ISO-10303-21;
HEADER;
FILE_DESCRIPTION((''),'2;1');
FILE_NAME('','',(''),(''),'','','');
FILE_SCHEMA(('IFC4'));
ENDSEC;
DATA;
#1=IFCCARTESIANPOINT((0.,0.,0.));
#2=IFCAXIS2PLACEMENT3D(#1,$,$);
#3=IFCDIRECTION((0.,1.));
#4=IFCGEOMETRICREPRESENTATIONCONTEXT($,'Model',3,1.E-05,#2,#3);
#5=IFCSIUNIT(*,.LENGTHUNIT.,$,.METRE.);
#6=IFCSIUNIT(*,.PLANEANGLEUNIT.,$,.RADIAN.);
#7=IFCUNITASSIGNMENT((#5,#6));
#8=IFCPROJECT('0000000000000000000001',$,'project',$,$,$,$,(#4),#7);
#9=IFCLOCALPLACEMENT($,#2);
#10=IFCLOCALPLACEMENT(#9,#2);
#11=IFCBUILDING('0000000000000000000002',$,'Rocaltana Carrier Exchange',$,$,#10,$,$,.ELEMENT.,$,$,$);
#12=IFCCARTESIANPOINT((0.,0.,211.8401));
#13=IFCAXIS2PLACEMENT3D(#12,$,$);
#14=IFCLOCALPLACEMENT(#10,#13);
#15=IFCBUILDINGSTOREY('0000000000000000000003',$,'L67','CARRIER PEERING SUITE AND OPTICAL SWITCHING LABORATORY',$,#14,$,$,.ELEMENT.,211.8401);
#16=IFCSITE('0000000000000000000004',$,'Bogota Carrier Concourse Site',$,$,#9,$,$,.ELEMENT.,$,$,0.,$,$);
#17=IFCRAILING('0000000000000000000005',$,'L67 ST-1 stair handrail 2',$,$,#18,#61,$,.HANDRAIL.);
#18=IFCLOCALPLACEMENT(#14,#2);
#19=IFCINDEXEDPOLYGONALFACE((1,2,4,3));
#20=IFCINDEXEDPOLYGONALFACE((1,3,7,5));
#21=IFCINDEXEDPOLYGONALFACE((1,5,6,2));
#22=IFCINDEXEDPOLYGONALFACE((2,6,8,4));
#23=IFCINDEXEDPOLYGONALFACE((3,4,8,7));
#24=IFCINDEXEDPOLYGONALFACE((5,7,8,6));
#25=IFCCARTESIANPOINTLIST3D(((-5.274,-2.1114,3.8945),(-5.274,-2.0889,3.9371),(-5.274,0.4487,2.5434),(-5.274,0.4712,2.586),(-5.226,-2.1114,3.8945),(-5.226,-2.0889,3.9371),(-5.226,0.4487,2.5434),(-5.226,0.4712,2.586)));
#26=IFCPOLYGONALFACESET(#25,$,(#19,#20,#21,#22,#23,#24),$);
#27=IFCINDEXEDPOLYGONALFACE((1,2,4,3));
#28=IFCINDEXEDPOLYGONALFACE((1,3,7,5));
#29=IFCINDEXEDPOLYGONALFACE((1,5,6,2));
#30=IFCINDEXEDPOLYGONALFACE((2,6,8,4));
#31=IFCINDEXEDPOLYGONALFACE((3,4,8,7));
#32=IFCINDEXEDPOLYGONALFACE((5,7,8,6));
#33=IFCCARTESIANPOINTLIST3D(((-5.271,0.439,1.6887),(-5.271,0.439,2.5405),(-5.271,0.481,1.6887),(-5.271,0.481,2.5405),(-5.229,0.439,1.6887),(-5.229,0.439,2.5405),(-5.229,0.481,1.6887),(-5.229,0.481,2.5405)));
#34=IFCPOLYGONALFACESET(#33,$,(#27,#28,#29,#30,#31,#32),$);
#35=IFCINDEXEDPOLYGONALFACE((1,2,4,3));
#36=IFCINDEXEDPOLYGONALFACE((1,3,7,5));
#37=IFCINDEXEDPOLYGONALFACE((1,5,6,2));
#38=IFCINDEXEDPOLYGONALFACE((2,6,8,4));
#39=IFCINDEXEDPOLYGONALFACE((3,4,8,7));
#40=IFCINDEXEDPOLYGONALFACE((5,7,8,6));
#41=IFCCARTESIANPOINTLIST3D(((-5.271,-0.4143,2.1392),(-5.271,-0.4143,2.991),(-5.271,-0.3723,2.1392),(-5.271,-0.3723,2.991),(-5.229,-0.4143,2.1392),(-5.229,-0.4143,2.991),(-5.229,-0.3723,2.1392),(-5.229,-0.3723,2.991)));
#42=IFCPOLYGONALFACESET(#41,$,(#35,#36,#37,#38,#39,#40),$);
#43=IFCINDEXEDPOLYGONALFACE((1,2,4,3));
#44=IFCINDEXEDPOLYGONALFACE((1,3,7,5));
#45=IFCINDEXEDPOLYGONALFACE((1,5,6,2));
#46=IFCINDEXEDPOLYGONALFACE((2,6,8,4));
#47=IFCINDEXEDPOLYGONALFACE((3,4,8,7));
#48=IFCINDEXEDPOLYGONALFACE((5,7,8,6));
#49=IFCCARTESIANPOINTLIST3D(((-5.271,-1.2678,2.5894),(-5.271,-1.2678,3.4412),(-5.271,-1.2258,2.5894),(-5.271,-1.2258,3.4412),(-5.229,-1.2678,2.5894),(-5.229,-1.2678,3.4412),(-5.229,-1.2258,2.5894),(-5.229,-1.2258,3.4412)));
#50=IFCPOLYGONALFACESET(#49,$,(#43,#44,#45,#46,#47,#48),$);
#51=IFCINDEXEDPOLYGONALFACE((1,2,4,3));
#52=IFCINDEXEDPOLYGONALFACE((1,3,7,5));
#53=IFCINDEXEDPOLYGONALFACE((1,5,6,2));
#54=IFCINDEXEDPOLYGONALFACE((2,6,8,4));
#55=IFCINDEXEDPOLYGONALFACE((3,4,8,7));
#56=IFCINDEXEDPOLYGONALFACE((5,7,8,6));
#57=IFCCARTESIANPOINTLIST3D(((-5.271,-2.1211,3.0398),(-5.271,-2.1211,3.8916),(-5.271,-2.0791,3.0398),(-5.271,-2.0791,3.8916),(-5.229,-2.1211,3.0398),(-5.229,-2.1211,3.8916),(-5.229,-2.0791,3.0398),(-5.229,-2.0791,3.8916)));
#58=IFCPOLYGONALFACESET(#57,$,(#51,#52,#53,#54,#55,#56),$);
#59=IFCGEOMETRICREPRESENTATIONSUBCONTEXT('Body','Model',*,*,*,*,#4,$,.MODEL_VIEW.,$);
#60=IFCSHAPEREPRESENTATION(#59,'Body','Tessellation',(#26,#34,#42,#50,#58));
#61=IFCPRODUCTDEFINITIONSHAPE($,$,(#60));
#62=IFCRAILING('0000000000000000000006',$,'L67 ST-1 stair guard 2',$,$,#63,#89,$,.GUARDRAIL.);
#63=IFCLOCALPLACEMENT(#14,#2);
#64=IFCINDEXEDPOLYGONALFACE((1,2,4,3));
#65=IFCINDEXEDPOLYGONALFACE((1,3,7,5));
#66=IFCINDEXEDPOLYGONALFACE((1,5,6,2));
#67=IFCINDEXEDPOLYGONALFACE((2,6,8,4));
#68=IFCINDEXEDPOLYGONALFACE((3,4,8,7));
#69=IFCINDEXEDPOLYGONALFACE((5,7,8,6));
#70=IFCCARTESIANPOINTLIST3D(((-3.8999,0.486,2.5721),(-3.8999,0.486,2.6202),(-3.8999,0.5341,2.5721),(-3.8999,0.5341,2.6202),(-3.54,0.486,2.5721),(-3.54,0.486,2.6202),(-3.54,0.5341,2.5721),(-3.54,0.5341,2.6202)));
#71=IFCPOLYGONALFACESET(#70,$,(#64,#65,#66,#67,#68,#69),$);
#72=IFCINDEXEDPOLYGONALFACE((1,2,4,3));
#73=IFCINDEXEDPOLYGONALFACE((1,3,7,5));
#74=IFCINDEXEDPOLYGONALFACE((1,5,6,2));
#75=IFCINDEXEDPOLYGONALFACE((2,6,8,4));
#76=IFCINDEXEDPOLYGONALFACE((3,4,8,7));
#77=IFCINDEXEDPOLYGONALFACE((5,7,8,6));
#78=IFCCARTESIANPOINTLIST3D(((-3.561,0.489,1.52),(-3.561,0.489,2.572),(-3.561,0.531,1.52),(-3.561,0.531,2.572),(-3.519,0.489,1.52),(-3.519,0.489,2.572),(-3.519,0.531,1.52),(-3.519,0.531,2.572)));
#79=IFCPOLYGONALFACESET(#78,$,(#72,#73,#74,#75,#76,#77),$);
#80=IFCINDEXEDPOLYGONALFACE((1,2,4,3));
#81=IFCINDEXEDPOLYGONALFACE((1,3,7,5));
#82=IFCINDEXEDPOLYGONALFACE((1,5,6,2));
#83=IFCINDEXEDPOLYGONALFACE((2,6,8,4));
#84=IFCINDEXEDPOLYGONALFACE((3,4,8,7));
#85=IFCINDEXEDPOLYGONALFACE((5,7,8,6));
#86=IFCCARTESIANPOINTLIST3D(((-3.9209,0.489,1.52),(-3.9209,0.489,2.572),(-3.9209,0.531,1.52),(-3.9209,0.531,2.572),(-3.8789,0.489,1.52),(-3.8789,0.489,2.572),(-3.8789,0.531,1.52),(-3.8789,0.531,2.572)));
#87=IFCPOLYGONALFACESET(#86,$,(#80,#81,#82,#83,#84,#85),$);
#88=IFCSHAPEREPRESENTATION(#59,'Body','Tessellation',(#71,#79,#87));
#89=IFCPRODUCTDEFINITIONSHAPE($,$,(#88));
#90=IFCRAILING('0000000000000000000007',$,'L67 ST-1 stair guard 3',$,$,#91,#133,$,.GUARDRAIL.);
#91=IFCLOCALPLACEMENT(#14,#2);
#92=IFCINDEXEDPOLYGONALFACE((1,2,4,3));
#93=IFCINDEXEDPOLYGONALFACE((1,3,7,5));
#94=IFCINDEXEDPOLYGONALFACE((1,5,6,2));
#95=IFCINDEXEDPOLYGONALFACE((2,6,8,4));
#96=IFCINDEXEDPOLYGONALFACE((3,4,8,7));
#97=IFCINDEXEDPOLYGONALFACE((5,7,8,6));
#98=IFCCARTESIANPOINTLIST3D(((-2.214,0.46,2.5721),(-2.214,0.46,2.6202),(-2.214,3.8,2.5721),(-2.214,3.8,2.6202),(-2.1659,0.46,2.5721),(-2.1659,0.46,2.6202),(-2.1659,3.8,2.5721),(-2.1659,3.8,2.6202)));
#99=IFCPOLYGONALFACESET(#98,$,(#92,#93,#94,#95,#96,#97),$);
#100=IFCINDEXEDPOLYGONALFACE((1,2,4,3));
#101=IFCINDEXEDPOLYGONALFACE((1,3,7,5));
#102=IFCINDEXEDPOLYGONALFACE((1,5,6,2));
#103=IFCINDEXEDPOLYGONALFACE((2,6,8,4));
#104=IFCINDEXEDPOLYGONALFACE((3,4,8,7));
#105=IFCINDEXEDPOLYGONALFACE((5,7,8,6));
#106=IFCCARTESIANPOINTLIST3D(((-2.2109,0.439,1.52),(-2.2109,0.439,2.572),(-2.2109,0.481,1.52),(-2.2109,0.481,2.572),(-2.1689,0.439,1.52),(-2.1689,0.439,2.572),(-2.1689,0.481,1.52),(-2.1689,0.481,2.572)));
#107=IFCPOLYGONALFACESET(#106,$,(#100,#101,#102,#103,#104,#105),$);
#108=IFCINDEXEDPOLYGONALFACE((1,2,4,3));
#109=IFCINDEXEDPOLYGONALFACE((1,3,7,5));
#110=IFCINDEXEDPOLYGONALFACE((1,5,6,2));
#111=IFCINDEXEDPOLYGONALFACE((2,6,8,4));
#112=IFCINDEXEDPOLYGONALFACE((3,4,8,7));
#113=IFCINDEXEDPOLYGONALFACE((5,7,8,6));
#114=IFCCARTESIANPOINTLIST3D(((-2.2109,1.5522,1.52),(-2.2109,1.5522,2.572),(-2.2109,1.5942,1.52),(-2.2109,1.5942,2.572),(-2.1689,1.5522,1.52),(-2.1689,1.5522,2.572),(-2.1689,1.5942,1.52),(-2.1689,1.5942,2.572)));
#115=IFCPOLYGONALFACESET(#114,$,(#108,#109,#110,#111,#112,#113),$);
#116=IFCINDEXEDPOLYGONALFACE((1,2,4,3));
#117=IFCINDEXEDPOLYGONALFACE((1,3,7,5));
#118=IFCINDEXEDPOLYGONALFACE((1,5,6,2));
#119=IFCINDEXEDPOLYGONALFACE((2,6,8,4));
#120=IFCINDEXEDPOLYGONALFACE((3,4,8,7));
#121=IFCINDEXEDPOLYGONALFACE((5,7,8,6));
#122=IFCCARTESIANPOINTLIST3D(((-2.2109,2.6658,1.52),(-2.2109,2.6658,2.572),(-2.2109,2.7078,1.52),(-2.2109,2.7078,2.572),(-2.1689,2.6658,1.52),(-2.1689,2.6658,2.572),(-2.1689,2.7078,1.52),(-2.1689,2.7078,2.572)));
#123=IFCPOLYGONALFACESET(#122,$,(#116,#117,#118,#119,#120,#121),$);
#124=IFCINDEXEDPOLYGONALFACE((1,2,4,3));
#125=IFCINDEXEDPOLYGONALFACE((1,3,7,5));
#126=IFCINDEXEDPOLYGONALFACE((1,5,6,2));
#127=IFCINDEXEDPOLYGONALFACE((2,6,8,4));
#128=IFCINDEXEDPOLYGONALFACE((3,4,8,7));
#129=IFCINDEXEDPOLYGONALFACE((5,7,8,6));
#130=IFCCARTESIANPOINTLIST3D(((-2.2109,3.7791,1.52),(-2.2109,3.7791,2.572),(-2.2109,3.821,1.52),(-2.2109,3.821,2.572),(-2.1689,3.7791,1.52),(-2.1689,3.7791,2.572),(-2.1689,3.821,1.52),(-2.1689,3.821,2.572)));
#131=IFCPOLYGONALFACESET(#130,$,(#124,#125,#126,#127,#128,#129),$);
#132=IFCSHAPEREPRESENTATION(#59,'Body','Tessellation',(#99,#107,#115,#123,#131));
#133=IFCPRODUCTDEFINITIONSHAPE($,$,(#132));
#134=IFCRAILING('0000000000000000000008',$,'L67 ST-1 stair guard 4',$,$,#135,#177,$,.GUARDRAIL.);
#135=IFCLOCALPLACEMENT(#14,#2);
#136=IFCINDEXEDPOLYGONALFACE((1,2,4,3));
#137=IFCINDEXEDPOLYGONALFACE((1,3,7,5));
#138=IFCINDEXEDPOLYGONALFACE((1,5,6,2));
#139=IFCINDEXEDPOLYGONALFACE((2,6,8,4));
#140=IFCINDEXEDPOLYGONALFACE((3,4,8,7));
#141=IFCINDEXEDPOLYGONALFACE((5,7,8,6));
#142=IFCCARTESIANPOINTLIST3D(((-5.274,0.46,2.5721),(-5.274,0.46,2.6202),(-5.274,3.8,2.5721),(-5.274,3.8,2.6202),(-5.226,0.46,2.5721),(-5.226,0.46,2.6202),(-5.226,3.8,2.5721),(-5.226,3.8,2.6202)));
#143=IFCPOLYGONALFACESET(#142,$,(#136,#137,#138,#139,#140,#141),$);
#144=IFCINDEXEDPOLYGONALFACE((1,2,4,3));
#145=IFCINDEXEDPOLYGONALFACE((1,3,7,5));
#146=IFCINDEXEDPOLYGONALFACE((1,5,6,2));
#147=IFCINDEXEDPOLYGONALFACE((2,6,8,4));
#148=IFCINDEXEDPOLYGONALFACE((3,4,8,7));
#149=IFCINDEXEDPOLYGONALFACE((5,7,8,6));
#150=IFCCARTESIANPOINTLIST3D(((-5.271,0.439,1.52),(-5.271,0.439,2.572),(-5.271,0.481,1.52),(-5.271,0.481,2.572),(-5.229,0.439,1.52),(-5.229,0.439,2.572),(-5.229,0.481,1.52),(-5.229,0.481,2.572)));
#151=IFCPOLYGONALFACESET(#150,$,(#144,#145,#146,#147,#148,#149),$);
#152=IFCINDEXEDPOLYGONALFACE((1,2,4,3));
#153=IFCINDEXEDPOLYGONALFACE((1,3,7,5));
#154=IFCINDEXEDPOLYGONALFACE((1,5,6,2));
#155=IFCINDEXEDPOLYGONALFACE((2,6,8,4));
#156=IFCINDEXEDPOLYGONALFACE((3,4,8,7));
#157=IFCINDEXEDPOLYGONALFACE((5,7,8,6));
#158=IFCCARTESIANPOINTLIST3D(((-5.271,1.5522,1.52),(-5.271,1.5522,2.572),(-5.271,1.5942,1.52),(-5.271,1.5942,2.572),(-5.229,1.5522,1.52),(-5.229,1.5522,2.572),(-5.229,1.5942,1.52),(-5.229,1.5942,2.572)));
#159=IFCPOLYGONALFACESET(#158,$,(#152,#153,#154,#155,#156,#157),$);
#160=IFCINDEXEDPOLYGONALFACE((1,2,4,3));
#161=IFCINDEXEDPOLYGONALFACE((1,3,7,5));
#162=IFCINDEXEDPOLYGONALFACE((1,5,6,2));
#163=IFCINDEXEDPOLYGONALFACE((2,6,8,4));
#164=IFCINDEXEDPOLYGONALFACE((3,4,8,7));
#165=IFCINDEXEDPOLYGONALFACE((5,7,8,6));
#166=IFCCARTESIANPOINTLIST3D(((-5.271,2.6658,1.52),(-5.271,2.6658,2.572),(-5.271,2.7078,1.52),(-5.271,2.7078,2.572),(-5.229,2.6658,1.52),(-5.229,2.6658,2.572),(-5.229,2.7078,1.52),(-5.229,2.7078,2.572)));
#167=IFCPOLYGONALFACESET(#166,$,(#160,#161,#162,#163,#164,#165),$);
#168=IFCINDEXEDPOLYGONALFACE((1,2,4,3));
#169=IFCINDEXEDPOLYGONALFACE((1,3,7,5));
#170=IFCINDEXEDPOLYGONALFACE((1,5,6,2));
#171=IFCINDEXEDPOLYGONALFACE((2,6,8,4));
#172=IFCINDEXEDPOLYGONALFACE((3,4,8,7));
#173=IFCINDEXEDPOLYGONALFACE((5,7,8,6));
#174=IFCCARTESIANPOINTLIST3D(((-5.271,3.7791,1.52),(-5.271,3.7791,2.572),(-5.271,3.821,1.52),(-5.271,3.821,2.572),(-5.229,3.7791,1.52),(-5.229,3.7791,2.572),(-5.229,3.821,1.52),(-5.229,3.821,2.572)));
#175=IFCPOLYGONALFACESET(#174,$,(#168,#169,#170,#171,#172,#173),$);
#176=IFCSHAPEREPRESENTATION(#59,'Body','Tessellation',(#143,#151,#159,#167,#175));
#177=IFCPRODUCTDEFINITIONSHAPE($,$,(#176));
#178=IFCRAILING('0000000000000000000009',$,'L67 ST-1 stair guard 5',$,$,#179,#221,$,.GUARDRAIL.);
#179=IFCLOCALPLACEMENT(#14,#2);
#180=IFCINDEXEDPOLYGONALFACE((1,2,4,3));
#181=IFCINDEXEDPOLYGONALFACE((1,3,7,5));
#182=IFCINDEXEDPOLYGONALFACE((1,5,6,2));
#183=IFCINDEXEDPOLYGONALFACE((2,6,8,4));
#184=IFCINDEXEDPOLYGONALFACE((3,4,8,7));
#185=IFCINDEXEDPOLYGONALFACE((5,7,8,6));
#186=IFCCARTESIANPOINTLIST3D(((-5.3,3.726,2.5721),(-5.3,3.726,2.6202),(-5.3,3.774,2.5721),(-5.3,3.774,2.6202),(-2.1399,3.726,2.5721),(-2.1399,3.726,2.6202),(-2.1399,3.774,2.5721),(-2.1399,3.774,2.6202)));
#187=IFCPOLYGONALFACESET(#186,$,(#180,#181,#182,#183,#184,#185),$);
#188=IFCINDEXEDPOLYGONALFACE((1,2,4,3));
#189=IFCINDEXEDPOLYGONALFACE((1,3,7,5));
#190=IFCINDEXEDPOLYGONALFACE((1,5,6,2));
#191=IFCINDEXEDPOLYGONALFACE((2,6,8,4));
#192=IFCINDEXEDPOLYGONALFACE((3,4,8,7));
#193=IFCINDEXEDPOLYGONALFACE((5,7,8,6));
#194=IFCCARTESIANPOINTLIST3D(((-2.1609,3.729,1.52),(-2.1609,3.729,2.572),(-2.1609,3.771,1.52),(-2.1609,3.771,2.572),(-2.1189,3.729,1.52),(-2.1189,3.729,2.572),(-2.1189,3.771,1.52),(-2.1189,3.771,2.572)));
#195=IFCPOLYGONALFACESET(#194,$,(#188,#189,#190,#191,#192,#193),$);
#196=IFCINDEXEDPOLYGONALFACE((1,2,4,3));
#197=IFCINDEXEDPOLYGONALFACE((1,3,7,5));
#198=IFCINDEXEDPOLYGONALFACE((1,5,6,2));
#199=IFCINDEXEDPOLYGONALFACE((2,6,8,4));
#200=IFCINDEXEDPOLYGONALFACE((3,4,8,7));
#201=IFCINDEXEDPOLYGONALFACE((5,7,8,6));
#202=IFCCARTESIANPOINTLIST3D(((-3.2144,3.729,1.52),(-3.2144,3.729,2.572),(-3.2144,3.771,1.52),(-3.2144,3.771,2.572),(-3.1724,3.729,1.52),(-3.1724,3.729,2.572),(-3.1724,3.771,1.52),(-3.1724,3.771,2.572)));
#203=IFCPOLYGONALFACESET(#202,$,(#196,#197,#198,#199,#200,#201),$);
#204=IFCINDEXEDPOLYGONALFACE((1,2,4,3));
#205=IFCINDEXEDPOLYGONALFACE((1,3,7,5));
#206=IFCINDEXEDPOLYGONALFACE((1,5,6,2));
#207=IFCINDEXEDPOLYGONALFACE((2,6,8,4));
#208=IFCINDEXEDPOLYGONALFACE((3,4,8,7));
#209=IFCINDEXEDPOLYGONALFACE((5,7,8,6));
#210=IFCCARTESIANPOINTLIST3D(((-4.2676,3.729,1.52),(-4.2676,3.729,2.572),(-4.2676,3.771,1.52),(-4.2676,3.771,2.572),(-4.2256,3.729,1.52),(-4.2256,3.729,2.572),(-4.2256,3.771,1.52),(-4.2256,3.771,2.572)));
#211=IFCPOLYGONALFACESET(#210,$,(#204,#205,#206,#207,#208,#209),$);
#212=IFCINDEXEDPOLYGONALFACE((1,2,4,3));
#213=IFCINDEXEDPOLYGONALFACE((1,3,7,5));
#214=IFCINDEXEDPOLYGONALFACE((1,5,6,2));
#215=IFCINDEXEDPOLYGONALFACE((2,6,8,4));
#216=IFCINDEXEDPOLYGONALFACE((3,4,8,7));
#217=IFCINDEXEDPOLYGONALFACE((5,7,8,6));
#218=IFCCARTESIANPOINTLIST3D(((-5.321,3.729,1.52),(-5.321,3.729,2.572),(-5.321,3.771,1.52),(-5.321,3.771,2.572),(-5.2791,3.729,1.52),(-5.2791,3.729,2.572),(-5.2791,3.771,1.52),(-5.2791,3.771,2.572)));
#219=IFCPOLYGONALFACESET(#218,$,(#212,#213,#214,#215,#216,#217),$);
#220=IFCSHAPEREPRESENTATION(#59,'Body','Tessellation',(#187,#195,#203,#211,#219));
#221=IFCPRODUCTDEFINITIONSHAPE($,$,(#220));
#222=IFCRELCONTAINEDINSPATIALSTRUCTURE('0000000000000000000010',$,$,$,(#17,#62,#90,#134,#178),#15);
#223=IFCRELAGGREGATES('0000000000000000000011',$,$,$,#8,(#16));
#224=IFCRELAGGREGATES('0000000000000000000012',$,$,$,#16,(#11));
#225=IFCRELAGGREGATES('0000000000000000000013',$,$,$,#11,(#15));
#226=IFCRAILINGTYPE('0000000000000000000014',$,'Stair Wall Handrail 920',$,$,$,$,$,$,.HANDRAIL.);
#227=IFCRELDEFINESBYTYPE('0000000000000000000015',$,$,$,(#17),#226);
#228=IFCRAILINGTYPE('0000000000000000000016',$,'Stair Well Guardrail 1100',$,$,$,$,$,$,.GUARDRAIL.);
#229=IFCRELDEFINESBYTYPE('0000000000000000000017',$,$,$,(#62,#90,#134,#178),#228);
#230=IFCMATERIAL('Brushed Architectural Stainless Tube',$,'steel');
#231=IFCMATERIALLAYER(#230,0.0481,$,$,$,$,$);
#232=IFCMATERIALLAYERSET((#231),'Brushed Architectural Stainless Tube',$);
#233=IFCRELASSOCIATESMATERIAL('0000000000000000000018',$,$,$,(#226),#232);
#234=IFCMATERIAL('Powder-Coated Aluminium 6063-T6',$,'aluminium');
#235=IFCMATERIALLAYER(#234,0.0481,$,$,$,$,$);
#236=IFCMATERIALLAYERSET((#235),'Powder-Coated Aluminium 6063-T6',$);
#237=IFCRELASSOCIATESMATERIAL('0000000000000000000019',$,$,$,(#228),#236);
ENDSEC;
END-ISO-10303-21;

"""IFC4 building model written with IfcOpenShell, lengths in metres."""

from ifc_helpers import new_model, si_unit, direction, frame, origin, origin_2d, place, context, subcontext, project, spatial, rectangle, extrude, material, layer, layer_set, type_object, element, save


model = new_model("IFC4")

# Units and contexts
model_context = context("Model", 3, precision=1e-05, world=origin(), true_north=direction((0.0, 1.0)))
body_context = subcontext(model_context, "Body", "Model", "MODEL_VIEW")
ifc_project = project(units=[si_unit("LENGTHUNIT", "METRE"), si_unit("PLANEANGLEUNIT", "RADIAN")], contexts=[model_context])

# Site, building, storey
site_placement = place(None, origin())
site = spatial("IfcSite", under=ifc_project, at=site_placement, Name="Bogota Carrier Concourse Site", CompositionType="ELEMENT", RefElevation=0.0)
building_placement = place(site_placement, origin())
building = spatial("IfcBuilding", under=site, at=building_placement, Name="Rocaltana Carrier Exchange", CompositionType="ELEMENT")
storey_placement = place(building_placement, frame((0.0, 0.0, 211.8401)))
storey = spatial("IfcBuildingStorey", under=building, at=storey_placement, Name="L67", Description="CARRIER PEERING SUITE AND OPTICAL SWITCHING LABORATORY", CompositionType="ELEMENT", Elevation=211.8401)

# Railings
ifc_material_1 = material(Name="Brushed Architectural Stainless Tube", Category="steel")
ifc_layer_1 = layer(ifc_material_1, 0.0481)
ifc_layer_set_1 = layer_set([ifc_layer_1], Name="Brushed Architectural Stainless Tube")
railing_type_1 = type_object("IfcRailingType", Name="Stair Wall Handrail 920", PredefinedType="HANDRAIL", material=ifc_layer_set_1)
railing_1_placement = place(storey_placement, frame((-5.25, 0.46, 1.6887)))
element("IfcRailing", 1, at=railing_1_placement, inside=storey, type_object=railing_type_1, Name="L67 ST-1 stair handrail 2", PredefinedType="HANDRAIL", context=body_context, shape_type="SweptSolid", body=[
    extrude(rectangle(XDim=0.0481, YDim=0.0481, at=origin_2d()), frame((0.0, 0.0, 0.876), z_axis=(0.0, -0.884394, 0.46674), x_axis=(1.0, 0.0, 0.0)), (0.0, 0.0, 1.0), 2.8948),
    extrude(rectangle(XDim=0.042, YDim=0.042, at=origin_2d()), origin(), (0.0, 0.0, 1.0), 0.8518),
    extrude(rectangle(XDim=0.042, YDim=0.042, at=origin_2d()), frame((0.0, -0.8533, 0.4504)), (0.0, 0.0, 1.0), 0.8518),
    extrude(rectangle(XDim=0.042, YDim=0.042, at=origin_2d()), frame((0.0, -1.7068, 0.9006)), (0.0, 0.0, 1.0), 0.8518),
    extrude(rectangle(XDim=0.042, YDim=0.042, at=origin_2d()), frame((0.0, -2.5601, 1.3511)), (0.0, 0.0, 1.0), 0.8518),
])
ifc_material_2 = material(Name="Powder-Coated Aluminium 6063-T6", Category="aluminium")
ifc_layer_2 = layer(ifc_material_2, 0.0481)
ifc_layer_set_2 = layer_set([ifc_layer_2], Name="Powder-Coated Aluminium 6063-T6")
railing_type_2 = type_object("IfcRailingType", Name="Stair Well Guardrail 1100", PredefinedType="GUARDRAIL", material=ifc_layer_set_2)
railing_2_placement = place(storey_placement, frame((-3.54, 0.51, 1.52)))
element("IfcRailing", 2, at=railing_2_placement, inside=storey, type_object=railing_type_2, Name="L67 ST-1 stair guard 2", PredefinedType="GUARDRAIL", context=body_context, shape_type="SweptSolid", body=[
    extrude(rectangle(XDim=0.0481, YDim=0.0481, at=origin_2d()), frame((0.0, 0.0, 1.0762), z_axis=(-1.0, 0.0, 0.0), x_axis=(0.0, -1.0, 0.0)), (0.0, 0.0, 1.0), 0.3599),
    extrude(rectangle(XDim=0.042, YDim=0.042, at=origin_2d()), origin(), (0.0, 0.0, 1.0), 1.052),
    extrude(rectangle(XDim=0.042, YDim=0.042, at=origin_2d()), frame((-0.3599, 0.0, 0.0)), (0.0, 0.0, 1.0), 1.052),
])
for number, where, name in (
    (3, (-2.1899, 0.46, 1.52), "L67 ST-1 stair guard 3"),
    (4, (-5.25, 0.46, 1.52), "L67 ST-1 stair guard 4"),
):
    element("IfcRailing", number, at=place(storey_placement, frame(where)), inside=storey, type_object=railing_type_2, Name=name, PredefinedType="GUARDRAIL", context=body_context, shape_type="SweptSolid", body=[
        extrude(rectangle(XDim=0.0481, YDim=0.0481, at=origin_2d()), frame((0.0, 0.0, 1.0762), z_axis=(0.0, 1.0, 0.0), x_axis=(-1.0, 0.0, 0.0)), (0.0, 0.0, 1.0), 3.3401),
        extrude(rectangle(XDim=0.042, YDim=0.042, at=origin_2d()), origin(), (0.0, 0.0, 1.0), 1.052),
        extrude(rectangle(XDim=0.042, YDim=0.042, at=origin_2d()), frame((0.0, 1.1133, 0.0)), (0.0, 0.0, 1.0), 1.052),
        extrude(rectangle(XDim=0.042, YDim=0.042, at=origin_2d()), frame((0.0, 2.2268, 0.0)), (0.0, 0.0, 1.0), 1.052),
        extrude(rectangle(XDim=0.042, YDim=0.042, at=origin_2d()), frame((0.0, 3.3401, 0.0)), (0.0, 0.0, 1.0), 1.052),
    ])
railing_3_placement = place(storey_placement, frame((-2.1399, 3.75, 1.52)))
element("IfcRailing", 5, at=railing_3_placement, inside=storey, type_object=railing_type_2, Name="L67 ST-1 stair guard 5", PredefinedType="GUARDRAIL", context=body_context, shape_type="SweptSolid", body=[
    extrude(rectangle(XDim=0.0481, YDim=0.0481, at=origin_2d()), frame((0.0, 0.0, 1.0762), z_axis=(-1.0, 0.0, 0.0), x_axis=(0.0, -1.0, 0.0)), (0.0, 0.0, 1.0), 3.1602),
    extrude(rectangle(XDim=0.042, YDim=0.042, at=origin_2d()), origin(), (0.0, 0.0, 1.0), 1.052),
    extrude(rectangle(XDim=0.042, YDim=0.042, at=origin_2d()), frame((-1.0535, 0.0, 0.0)), (0.0, 0.0, 1.0), 1.052),
    extrude(rectangle(XDim=0.042, YDim=0.042, at=origin_2d()), frame((-2.1067, 0.0, 0.0)), (0.0, 0.0, 1.0), 1.052),
    extrude(rectangle(XDim=0.042, YDim=0.042, at=origin_2d()), frame((-3.1602, 0.0, 0.0)), (0.0, 0.0, 1.0), 1.052),
])

save(model, "model.ifc")
